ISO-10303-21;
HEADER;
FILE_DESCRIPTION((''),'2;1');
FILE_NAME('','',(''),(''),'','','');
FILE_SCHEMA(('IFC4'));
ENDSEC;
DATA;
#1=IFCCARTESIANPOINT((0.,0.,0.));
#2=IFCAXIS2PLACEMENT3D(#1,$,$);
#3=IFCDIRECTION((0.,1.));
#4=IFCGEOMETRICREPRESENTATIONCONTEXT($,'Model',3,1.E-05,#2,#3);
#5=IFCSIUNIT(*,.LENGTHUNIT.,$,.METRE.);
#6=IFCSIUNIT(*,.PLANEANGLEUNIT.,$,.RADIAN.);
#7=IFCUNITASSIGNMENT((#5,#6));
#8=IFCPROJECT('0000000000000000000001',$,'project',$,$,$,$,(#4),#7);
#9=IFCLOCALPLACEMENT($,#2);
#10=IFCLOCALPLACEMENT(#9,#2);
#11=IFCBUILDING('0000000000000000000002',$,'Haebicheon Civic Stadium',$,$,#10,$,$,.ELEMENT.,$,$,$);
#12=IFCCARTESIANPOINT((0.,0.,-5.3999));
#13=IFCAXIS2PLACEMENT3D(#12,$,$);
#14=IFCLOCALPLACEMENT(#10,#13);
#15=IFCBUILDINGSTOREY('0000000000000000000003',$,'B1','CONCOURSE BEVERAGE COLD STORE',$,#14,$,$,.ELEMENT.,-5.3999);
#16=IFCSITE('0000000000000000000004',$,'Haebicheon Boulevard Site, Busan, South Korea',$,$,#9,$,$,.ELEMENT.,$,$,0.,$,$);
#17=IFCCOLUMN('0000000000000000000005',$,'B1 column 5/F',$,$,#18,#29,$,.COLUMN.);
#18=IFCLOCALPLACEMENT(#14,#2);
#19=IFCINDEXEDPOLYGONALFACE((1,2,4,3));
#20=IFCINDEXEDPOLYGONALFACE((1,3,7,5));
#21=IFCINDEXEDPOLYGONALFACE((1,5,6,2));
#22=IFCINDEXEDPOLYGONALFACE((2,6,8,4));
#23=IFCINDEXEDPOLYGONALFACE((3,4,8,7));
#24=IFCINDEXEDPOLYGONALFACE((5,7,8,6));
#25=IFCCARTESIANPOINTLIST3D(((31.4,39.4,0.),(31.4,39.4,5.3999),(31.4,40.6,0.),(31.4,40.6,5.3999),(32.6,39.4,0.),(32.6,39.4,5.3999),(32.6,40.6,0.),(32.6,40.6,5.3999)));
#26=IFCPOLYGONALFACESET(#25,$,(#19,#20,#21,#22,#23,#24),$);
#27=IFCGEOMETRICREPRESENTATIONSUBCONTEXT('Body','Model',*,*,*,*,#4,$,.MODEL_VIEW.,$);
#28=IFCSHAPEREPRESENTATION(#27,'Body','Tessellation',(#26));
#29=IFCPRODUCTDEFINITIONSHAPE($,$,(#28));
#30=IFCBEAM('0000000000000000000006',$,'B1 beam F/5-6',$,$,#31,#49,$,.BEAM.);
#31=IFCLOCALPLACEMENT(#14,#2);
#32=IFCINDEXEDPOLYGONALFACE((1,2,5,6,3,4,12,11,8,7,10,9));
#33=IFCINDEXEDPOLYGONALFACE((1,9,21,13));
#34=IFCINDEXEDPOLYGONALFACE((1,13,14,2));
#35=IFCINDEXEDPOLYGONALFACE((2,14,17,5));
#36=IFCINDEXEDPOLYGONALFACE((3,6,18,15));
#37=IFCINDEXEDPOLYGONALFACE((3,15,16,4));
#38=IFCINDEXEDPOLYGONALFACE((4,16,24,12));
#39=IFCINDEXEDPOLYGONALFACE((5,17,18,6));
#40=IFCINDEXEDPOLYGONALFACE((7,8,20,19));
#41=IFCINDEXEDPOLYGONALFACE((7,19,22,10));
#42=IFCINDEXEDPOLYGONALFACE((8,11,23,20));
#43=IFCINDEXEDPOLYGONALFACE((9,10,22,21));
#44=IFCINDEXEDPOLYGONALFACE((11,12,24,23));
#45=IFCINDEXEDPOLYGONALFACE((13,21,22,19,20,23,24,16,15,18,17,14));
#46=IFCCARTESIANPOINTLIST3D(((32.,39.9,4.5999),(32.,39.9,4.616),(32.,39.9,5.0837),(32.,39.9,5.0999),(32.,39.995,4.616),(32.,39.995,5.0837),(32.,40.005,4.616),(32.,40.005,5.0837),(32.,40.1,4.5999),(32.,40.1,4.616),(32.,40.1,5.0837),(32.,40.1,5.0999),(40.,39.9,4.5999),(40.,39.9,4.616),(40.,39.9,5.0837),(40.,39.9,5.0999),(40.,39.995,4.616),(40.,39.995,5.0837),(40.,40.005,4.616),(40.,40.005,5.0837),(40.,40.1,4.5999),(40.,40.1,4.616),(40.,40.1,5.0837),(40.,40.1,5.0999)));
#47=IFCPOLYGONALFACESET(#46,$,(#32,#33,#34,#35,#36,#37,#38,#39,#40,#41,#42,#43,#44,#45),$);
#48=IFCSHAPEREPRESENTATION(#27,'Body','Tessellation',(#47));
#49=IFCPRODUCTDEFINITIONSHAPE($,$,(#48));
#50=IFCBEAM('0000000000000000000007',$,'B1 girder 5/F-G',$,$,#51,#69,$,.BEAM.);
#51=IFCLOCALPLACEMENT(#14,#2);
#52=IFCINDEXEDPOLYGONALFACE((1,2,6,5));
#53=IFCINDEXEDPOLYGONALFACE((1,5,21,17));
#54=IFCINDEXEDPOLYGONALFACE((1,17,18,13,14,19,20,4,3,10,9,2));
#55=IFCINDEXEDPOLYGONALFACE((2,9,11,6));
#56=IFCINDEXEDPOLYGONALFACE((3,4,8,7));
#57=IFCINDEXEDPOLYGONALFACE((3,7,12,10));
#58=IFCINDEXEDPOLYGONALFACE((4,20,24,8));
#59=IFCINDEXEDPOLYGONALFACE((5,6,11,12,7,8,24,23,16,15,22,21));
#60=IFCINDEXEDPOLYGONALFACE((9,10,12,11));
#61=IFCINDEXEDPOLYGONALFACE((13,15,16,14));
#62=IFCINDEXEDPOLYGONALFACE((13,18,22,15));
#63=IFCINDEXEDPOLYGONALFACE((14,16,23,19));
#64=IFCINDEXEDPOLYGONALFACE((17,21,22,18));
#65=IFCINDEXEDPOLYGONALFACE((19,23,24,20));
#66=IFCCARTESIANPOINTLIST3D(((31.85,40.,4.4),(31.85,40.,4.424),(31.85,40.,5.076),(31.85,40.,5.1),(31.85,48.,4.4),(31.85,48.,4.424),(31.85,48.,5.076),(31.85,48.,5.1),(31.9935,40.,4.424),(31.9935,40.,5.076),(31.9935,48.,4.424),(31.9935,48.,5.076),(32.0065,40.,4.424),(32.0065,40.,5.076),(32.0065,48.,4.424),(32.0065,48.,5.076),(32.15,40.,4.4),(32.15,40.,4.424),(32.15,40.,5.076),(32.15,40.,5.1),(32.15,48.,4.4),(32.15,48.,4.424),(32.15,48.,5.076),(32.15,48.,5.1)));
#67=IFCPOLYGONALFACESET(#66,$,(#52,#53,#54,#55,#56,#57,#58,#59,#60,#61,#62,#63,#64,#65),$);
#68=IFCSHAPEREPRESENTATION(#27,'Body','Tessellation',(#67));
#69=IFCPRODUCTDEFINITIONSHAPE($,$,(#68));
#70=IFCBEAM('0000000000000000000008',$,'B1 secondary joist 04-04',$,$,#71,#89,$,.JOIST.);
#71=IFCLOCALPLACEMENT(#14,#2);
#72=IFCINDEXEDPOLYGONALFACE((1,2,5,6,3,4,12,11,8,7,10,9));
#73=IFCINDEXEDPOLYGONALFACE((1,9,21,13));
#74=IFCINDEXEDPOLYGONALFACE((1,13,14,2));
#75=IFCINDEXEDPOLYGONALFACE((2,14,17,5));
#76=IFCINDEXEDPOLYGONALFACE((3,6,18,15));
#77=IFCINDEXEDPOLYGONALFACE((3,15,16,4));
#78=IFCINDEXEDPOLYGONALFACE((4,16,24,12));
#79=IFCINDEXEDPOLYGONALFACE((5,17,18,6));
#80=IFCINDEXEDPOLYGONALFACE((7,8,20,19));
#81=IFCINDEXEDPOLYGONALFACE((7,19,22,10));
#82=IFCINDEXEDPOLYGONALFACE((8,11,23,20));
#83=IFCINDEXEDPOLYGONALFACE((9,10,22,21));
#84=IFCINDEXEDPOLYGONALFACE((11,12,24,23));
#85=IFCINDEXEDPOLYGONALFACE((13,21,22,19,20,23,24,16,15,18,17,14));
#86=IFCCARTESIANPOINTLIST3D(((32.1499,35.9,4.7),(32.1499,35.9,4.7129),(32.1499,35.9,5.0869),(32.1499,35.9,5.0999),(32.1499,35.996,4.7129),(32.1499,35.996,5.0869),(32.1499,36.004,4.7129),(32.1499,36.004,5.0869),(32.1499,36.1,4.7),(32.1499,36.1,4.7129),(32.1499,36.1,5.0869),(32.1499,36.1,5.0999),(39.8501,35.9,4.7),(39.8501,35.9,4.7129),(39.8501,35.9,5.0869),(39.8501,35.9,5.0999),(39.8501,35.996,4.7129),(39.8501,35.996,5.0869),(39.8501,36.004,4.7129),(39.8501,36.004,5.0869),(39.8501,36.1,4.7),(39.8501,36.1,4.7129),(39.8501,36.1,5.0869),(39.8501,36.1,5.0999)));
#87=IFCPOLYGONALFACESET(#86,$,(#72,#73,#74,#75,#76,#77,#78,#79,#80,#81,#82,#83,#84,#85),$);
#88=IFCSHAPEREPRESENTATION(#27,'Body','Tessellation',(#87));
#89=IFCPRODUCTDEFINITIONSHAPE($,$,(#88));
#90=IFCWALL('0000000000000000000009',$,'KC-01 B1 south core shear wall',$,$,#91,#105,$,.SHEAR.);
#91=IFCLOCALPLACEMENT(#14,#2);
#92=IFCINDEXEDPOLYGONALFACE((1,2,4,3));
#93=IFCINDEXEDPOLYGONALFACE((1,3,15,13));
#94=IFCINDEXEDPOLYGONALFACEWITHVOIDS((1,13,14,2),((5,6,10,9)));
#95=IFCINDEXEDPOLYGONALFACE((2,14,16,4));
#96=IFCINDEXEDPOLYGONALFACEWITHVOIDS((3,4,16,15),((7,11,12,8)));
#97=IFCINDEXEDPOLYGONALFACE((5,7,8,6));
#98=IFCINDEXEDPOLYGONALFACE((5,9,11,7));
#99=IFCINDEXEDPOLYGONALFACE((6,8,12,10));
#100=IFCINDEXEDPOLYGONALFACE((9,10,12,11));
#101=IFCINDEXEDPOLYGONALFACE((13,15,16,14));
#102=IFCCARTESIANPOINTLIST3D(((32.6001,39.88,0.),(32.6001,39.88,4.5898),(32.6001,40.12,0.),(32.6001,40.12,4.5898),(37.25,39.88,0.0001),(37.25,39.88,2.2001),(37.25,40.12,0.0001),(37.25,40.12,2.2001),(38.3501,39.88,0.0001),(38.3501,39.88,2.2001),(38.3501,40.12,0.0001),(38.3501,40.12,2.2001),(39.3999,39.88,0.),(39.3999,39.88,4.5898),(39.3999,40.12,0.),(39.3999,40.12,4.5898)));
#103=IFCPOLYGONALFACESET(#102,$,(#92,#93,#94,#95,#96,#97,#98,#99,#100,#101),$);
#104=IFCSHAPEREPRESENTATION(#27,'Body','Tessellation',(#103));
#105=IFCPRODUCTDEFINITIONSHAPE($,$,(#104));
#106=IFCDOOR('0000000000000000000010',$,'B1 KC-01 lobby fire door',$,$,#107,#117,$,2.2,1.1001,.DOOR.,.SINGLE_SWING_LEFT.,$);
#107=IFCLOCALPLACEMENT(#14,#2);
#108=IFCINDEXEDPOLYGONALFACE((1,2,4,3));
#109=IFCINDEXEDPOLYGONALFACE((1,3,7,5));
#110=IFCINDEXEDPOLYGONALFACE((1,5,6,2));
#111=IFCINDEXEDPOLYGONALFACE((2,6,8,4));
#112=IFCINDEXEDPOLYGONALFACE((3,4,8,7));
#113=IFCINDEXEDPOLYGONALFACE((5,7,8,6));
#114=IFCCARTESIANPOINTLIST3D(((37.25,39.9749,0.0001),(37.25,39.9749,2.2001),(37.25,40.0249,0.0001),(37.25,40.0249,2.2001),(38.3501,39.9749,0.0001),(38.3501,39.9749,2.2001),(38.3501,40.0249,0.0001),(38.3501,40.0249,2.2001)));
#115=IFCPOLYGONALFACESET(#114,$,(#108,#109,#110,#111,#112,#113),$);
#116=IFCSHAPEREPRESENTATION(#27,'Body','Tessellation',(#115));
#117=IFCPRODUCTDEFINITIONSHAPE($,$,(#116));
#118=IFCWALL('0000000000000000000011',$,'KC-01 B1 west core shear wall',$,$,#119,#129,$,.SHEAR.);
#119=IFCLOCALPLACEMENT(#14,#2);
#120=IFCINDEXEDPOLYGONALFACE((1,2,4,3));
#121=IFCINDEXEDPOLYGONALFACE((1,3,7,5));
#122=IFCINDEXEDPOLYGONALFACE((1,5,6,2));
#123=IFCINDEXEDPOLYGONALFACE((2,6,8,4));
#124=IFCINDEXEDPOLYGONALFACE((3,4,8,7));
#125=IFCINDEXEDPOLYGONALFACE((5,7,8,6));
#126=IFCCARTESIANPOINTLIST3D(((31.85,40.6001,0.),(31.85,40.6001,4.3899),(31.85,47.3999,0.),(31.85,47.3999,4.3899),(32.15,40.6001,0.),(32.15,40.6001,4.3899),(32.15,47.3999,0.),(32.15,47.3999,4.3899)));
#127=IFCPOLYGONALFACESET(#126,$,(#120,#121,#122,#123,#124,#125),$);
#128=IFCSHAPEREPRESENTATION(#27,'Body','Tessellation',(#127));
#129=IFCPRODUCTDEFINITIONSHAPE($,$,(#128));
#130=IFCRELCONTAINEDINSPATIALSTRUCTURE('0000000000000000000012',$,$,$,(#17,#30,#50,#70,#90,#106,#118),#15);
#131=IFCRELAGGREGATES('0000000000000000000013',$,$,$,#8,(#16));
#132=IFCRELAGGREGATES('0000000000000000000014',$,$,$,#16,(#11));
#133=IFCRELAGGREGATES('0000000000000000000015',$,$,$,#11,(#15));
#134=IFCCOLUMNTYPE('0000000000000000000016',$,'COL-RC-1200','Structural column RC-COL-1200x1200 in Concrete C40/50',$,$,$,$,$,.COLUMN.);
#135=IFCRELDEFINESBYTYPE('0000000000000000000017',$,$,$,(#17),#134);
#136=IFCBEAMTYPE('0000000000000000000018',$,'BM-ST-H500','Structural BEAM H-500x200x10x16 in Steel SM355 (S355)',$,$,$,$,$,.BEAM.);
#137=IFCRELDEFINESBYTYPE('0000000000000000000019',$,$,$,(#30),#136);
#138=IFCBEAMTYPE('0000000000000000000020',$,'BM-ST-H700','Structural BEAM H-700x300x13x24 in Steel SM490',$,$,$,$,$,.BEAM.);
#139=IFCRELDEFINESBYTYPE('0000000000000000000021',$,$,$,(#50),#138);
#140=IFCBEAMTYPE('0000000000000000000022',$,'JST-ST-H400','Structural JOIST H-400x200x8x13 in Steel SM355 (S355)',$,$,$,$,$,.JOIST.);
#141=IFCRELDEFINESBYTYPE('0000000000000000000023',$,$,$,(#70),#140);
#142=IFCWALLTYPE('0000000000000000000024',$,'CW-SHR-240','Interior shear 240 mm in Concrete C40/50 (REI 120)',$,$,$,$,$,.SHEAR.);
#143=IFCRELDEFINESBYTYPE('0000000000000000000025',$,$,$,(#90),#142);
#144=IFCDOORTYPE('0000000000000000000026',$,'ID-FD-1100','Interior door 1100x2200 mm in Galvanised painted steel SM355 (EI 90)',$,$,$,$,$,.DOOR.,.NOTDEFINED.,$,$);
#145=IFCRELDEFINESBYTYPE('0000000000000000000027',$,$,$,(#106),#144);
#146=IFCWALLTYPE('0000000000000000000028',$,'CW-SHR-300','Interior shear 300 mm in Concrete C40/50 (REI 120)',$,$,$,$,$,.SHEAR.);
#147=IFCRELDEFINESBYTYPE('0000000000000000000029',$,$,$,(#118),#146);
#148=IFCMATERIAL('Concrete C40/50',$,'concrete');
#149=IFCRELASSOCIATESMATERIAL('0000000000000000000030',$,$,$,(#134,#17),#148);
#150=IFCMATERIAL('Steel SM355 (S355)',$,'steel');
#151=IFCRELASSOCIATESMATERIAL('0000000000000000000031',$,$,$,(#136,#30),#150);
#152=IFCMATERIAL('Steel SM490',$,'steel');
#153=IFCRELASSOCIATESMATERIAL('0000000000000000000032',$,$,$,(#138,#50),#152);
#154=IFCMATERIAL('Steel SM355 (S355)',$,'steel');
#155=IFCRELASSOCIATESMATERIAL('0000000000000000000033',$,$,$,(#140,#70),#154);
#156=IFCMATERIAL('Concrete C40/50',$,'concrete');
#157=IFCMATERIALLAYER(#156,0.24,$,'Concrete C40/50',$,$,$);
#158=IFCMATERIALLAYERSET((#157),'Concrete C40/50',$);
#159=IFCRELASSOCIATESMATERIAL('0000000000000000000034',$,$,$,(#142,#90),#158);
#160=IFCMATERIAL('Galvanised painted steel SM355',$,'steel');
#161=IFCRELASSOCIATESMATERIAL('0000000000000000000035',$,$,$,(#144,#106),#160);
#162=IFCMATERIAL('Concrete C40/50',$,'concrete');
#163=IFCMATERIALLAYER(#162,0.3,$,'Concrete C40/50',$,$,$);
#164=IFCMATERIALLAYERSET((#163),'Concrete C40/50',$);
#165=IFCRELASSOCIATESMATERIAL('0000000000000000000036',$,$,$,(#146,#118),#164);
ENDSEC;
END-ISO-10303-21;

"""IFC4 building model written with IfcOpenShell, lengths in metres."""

from ifc_helpers import new_model, si_unit, direction, frame, frame_2d, origin, origin_2d, place, context, subcontext, project, spatial, rectangle, i_section, extrude, material, layer, layer_set, material_profile, profile_set, type_object, element, fill, save


model = new_model("IFC4")

# Units and contexts
model_context = context("Model", 3, precision=1e-05, world=origin(), true_north=direction((0.0, 1.0)))
body_context = subcontext(model_context, "Body", "Model", "MODEL_VIEW")
ifc_project = project(units=[si_unit("LENGTHUNIT", "METRE"), si_unit("PLANEANGLEUNIT", "RADIAN")], contexts=[model_context])

# Site, building, storey
site_placement = place(None, origin())
site = spatial("IfcSite", under=ifc_project, at=site_placement, Name="Haebicheon Boulevard Site, Busan, South Korea", CompositionType="ELEMENT", RefElevation=0.0)
building_placement = place(site_placement, origin())
building = spatial("IfcBuilding", under=site, at=building_placement, Name="Haebicheon Civic Stadium", CompositionType="ELEMENT")
storey_placement = place(building_placement, frame((0.0, 0.0, -5.3999)))
storey = spatial("IfcBuildingStorey", under=building, at=storey_placement, Name="B1", Description="CONCOURSE BEVERAGE COLD STORE", CompositionType="ELEMENT", Elevation=-5.3999)

# Column
ifc_material_1 = material(Name="Concrete C40/50", Category="concrete")
ifc_material_profile_1 = material_profile(ifc_material_1, rectangle(XDim=1.2, YDim=1.2, at=origin_2d()), Name="RC-COL-1200x1200")
ifc_profile_set_1 = profile_set([ifc_material_profile_1], Name="Concrete C40/50")
column_type = type_object("IfcColumnType", Name="COL-RC-1200", Description="Structural column RC-COL-1200x1200 in Concrete C40/50", PredefinedType="COLUMN", material=ifc_profile_set_1)
column_placement = place(storey_placement, frame((32.0, 40.0, 0.0), z_axis=(0.0, 0.0, 1.0), x_axis=(1.0, 0.0, 0.0)))
element("IfcColumn", 1, at=column_placement, inside=storey, type_object=column_type, material=ifc_profile_set_1, Name="B1 column 5/F", PredefinedType="COLUMN", context=body_context, shape_type="SweptSolid", body=[
    extrude(rectangle(XDim=1.2, YDim=1.2, at=origin_2d()), origin(), (0.0, 0.0, 1.0), 5.3999),
])

# Beams
ifc_material_2 = material(Name="Steel SM355 (S355)", Category="steel")
ifc_material_profile_2 = material_profile(ifc_material_2, i_section(OverallWidth=0.2, OverallDepth=0.5, WebThickness=0.01, FlangeThickness=0.0161, at=origin_2d()), Name="H-500x200x10x16")
ifc_profile_set_2 = profile_set([ifc_material_profile_2], Name="Steel SM355 (S355)")
beam_type_1 = type_object("IfcBeamType", Name="BM-ST-H500", Description="Structural BEAM H-500x200x10x16 in Steel SM355 (S355)", PredefinedType="BEAM", material=ifc_profile_set_2)
beam_1_placement = place(storey_placement, frame((32.0, 40.0, 4.8499), z_axis=(1.0, 0.0, 0.0), x_axis=(0.0, 1.0, 0.0)))
element("IfcBeam", 2, at=beam_1_placement, inside=storey, type_object=beam_type_1, material=ifc_profile_set_2, Name="B1 beam F/5-6", PredefinedType="BEAM", context=body_context, shape_type="SweptSolid", body=[
    extrude(i_section(OverallWidth=0.2, OverallDepth=0.5, WebThickness=0.01, FlangeThickness=0.0161, at=origin_2d()), origin(), (0.0, 0.0, 1.0), 8.0),
])
ifc_material_3 = material(Name="Steel SM490", Category="steel")
ifc_material_profile_3 = material_profile(ifc_material_3, i_section(OverallWidth=0.3, OverallDepth=0.7, WebThickness=0.0129, FlangeThickness=0.0239, at=origin_2d()), Name="H-700x300x13x24")
ifc_profile_set_3 = profile_set([ifc_material_profile_3], Name="Steel SM490")
beam_type_2 = type_object("IfcBeamType", Name="BM-ST-H700", Description="Structural BEAM H-700x300x13x24 in Steel SM490", PredefinedType="BEAM", material=ifc_profile_set_3)
beam_2_placement = place(storey_placement, frame((32.0, 40.0, 4.75), z_axis=(0.0, 1.0, 0.0), x_axis=(-1.0, 0.0, 0.0)))
element("IfcBeam", 3, at=beam_2_placement, inside=storey, type_object=beam_type_2, material=ifc_profile_set_3, Name="B1 girder 5/F-G", PredefinedType="BEAM", context=body_context, shape_type="SweptSolid", body=[
    extrude(i_section(OverallWidth=0.3, OverallDepth=0.7, WebThickness=0.0129, FlangeThickness=0.0239, at=origin_2d()), origin(), (0.0, 0.0, 1.0), 8.0),
])
ifc_material_4 = material(Name="Steel SM355 (S355)", Category="steel")
ifc_material_profile_4 = material_profile(ifc_material_4, i_section(OverallWidth=0.2, OverallDepth=0.3999, WebThickness=0.0081, FlangeThickness=0.0129, at=origin_2d()), Name="H-400x200x8x13")
ifc_profile_set_4 = profile_set([ifc_material_profile_4], Name="Steel SM355 (S355)")
beam_type_3 = type_object("IfcBeamType", Name="JST-ST-H400", Description="Structural JOIST H-400x200x8x13 in Steel SM355 (S355)", PredefinedType="JOIST", material=ifc_profile_set_4)
beam_3_placement = place(storey_placement, frame((32.1499, 36.0, 4.8999), z_axis=(1.0, 0.0, 0.0), x_axis=(0.0, 1.0, 0.0)))
element("IfcBeam", 4, at=beam_3_placement, inside=storey, type_object=beam_type_3, material=ifc_profile_set_4, Name="B1 secondary joist 04-04", PredefinedType="JOIST", context=body_context, shape_type="SweptSolid", body=[
    extrude(i_section(OverallWidth=0.2, OverallDepth=0.3999, WebThickness=0.0081, FlangeThickness=0.0129, at=origin_2d()), origin(), (0.0, 0.0, 1.0), 7.7002),
])

# Wall, opening, door
ifc_material_5 = material(Name="Concrete C40/50", Category="concrete")
ifc_layer_1 = layer(ifc_material_5, 0.24, Name="Concrete C40/50")
ifc_layer_set_1 = layer_set([ifc_layer_1], Name="Concrete C40/50")
wall_type_1 = type_object("IfcWallType", Name="CW-SHR-240", Description="Interior shear 240 mm in Concrete C40/50 (REI 120)", PredefinedType="SHEAR", material=ifc_layer_set_1)
wall_1_placement = place(storey_placement, frame((32.6001, 40.0, 0.0), z_axis=(0.0, 0.0, 1.0), x_axis=(1.0, 0.0, 0.0)))
wall_1 = element("IfcWall", 5, at=wall_1_placement, inside=storey, type_object=wall_type_1, material=ifc_layer_set_1, Name="KC-01 B1 south core shear wall", PredefinedType="SHEAR", context=body_context, shape_type="SweptSolid", body=[
    extrude(rectangle(XDim=6.7998, YDim=0.24, at=frame_2d((3.3999, 0.0))), origin(), (0.0, 0.0, 1.0), 4.5898),
])
opening_placement = place(wall_1_placement, frame((4.6499, 0.0, 0.0)))
opening = element("IfcOpeningElement", 6, at=opening_placement, cuts=wall_1, PredefinedType="OPENING", context=body_context, shape_type="SweptSolid", body=[
    extrude(rectangle(XDim=1.1001, YDim=2.2, at=frame_2d((0.55, 1.1001))), frame((0.0, 0.1299, 0.0), z_axis=(0.0, -1.0, 0.0), x_axis=(1.0, 0.0, 0.0)), (0.0, 0.0, 1.0), 0.26),
])
ifc_material_6 = material(Name="Galvanised painted steel SM355", Category="steel")
door_type = type_object("IfcDoorType", Name="ID-FD-1100", Description="Interior door 1100x2200 mm in Galvanised painted steel SM355 (EI 90)", OperationType="NOTDEFINED", PredefinedType="DOOR", material=ifc_material_6)
door_placement = place(opening_placement, origin())
door = element("IfcDoor", 7, at=door_placement, inside=storey, type_object=door_type, material=ifc_material_6, Name="B1 KC-01 lobby fire door", OperationType="SINGLE_SWING_LEFT", OverallHeight=2.2, OverallWidth=1.1001, PredefinedType="DOOR", context=body_context, shape_type="SweptSolid", body=[
    extrude(rectangle(XDim=1.1001, YDim=2.2, at=frame_2d((0.55, 1.1001))), frame((0.0, 0.0249, 0.0), z_axis=(0.0, -1.0, 0.0), x_axis=(1.0, 0.0, 0.0)), (0.0, 0.0, 1.0), 0.05),
])
fill(opening, door)

# Wall
ifc_material_7 = material(Name="Concrete C40/50", Category="concrete")
ifc_layer_2 = layer(ifc_material_7, 0.3, Name="Concrete C40/50")
ifc_layer_set_2 = layer_set([ifc_layer_2], Name="Concrete C40/50")
wall_type_2 = type_object("IfcWallType", Name="CW-SHR-300", Description="Interior shear 300 mm in Concrete C40/50 (REI 120)", PredefinedType="SHEAR", material=ifc_layer_set_2)
wall_2_placement = place(storey_placement, frame((32.0, 40.6001, 0.0), z_axis=(0.0, 0.0, 1.0), x_axis=(0.0, 1.0, 0.0)))
element("IfcWall", 8, at=wall_2_placement, inside=storey, type_object=wall_type_2, material=ifc_layer_set_2, Name="KC-01 B1 west core shear wall", PredefinedType="SHEAR", context=body_context, shape_type="SweptSolid", body=[
    extrude(rectangle(XDim=6.7998, YDim=0.3, at=frame_2d((3.3999, 0.0))), origin(), (0.0, 0.0, 1.0), 4.3899),
])

save(model, "model.ifc")
